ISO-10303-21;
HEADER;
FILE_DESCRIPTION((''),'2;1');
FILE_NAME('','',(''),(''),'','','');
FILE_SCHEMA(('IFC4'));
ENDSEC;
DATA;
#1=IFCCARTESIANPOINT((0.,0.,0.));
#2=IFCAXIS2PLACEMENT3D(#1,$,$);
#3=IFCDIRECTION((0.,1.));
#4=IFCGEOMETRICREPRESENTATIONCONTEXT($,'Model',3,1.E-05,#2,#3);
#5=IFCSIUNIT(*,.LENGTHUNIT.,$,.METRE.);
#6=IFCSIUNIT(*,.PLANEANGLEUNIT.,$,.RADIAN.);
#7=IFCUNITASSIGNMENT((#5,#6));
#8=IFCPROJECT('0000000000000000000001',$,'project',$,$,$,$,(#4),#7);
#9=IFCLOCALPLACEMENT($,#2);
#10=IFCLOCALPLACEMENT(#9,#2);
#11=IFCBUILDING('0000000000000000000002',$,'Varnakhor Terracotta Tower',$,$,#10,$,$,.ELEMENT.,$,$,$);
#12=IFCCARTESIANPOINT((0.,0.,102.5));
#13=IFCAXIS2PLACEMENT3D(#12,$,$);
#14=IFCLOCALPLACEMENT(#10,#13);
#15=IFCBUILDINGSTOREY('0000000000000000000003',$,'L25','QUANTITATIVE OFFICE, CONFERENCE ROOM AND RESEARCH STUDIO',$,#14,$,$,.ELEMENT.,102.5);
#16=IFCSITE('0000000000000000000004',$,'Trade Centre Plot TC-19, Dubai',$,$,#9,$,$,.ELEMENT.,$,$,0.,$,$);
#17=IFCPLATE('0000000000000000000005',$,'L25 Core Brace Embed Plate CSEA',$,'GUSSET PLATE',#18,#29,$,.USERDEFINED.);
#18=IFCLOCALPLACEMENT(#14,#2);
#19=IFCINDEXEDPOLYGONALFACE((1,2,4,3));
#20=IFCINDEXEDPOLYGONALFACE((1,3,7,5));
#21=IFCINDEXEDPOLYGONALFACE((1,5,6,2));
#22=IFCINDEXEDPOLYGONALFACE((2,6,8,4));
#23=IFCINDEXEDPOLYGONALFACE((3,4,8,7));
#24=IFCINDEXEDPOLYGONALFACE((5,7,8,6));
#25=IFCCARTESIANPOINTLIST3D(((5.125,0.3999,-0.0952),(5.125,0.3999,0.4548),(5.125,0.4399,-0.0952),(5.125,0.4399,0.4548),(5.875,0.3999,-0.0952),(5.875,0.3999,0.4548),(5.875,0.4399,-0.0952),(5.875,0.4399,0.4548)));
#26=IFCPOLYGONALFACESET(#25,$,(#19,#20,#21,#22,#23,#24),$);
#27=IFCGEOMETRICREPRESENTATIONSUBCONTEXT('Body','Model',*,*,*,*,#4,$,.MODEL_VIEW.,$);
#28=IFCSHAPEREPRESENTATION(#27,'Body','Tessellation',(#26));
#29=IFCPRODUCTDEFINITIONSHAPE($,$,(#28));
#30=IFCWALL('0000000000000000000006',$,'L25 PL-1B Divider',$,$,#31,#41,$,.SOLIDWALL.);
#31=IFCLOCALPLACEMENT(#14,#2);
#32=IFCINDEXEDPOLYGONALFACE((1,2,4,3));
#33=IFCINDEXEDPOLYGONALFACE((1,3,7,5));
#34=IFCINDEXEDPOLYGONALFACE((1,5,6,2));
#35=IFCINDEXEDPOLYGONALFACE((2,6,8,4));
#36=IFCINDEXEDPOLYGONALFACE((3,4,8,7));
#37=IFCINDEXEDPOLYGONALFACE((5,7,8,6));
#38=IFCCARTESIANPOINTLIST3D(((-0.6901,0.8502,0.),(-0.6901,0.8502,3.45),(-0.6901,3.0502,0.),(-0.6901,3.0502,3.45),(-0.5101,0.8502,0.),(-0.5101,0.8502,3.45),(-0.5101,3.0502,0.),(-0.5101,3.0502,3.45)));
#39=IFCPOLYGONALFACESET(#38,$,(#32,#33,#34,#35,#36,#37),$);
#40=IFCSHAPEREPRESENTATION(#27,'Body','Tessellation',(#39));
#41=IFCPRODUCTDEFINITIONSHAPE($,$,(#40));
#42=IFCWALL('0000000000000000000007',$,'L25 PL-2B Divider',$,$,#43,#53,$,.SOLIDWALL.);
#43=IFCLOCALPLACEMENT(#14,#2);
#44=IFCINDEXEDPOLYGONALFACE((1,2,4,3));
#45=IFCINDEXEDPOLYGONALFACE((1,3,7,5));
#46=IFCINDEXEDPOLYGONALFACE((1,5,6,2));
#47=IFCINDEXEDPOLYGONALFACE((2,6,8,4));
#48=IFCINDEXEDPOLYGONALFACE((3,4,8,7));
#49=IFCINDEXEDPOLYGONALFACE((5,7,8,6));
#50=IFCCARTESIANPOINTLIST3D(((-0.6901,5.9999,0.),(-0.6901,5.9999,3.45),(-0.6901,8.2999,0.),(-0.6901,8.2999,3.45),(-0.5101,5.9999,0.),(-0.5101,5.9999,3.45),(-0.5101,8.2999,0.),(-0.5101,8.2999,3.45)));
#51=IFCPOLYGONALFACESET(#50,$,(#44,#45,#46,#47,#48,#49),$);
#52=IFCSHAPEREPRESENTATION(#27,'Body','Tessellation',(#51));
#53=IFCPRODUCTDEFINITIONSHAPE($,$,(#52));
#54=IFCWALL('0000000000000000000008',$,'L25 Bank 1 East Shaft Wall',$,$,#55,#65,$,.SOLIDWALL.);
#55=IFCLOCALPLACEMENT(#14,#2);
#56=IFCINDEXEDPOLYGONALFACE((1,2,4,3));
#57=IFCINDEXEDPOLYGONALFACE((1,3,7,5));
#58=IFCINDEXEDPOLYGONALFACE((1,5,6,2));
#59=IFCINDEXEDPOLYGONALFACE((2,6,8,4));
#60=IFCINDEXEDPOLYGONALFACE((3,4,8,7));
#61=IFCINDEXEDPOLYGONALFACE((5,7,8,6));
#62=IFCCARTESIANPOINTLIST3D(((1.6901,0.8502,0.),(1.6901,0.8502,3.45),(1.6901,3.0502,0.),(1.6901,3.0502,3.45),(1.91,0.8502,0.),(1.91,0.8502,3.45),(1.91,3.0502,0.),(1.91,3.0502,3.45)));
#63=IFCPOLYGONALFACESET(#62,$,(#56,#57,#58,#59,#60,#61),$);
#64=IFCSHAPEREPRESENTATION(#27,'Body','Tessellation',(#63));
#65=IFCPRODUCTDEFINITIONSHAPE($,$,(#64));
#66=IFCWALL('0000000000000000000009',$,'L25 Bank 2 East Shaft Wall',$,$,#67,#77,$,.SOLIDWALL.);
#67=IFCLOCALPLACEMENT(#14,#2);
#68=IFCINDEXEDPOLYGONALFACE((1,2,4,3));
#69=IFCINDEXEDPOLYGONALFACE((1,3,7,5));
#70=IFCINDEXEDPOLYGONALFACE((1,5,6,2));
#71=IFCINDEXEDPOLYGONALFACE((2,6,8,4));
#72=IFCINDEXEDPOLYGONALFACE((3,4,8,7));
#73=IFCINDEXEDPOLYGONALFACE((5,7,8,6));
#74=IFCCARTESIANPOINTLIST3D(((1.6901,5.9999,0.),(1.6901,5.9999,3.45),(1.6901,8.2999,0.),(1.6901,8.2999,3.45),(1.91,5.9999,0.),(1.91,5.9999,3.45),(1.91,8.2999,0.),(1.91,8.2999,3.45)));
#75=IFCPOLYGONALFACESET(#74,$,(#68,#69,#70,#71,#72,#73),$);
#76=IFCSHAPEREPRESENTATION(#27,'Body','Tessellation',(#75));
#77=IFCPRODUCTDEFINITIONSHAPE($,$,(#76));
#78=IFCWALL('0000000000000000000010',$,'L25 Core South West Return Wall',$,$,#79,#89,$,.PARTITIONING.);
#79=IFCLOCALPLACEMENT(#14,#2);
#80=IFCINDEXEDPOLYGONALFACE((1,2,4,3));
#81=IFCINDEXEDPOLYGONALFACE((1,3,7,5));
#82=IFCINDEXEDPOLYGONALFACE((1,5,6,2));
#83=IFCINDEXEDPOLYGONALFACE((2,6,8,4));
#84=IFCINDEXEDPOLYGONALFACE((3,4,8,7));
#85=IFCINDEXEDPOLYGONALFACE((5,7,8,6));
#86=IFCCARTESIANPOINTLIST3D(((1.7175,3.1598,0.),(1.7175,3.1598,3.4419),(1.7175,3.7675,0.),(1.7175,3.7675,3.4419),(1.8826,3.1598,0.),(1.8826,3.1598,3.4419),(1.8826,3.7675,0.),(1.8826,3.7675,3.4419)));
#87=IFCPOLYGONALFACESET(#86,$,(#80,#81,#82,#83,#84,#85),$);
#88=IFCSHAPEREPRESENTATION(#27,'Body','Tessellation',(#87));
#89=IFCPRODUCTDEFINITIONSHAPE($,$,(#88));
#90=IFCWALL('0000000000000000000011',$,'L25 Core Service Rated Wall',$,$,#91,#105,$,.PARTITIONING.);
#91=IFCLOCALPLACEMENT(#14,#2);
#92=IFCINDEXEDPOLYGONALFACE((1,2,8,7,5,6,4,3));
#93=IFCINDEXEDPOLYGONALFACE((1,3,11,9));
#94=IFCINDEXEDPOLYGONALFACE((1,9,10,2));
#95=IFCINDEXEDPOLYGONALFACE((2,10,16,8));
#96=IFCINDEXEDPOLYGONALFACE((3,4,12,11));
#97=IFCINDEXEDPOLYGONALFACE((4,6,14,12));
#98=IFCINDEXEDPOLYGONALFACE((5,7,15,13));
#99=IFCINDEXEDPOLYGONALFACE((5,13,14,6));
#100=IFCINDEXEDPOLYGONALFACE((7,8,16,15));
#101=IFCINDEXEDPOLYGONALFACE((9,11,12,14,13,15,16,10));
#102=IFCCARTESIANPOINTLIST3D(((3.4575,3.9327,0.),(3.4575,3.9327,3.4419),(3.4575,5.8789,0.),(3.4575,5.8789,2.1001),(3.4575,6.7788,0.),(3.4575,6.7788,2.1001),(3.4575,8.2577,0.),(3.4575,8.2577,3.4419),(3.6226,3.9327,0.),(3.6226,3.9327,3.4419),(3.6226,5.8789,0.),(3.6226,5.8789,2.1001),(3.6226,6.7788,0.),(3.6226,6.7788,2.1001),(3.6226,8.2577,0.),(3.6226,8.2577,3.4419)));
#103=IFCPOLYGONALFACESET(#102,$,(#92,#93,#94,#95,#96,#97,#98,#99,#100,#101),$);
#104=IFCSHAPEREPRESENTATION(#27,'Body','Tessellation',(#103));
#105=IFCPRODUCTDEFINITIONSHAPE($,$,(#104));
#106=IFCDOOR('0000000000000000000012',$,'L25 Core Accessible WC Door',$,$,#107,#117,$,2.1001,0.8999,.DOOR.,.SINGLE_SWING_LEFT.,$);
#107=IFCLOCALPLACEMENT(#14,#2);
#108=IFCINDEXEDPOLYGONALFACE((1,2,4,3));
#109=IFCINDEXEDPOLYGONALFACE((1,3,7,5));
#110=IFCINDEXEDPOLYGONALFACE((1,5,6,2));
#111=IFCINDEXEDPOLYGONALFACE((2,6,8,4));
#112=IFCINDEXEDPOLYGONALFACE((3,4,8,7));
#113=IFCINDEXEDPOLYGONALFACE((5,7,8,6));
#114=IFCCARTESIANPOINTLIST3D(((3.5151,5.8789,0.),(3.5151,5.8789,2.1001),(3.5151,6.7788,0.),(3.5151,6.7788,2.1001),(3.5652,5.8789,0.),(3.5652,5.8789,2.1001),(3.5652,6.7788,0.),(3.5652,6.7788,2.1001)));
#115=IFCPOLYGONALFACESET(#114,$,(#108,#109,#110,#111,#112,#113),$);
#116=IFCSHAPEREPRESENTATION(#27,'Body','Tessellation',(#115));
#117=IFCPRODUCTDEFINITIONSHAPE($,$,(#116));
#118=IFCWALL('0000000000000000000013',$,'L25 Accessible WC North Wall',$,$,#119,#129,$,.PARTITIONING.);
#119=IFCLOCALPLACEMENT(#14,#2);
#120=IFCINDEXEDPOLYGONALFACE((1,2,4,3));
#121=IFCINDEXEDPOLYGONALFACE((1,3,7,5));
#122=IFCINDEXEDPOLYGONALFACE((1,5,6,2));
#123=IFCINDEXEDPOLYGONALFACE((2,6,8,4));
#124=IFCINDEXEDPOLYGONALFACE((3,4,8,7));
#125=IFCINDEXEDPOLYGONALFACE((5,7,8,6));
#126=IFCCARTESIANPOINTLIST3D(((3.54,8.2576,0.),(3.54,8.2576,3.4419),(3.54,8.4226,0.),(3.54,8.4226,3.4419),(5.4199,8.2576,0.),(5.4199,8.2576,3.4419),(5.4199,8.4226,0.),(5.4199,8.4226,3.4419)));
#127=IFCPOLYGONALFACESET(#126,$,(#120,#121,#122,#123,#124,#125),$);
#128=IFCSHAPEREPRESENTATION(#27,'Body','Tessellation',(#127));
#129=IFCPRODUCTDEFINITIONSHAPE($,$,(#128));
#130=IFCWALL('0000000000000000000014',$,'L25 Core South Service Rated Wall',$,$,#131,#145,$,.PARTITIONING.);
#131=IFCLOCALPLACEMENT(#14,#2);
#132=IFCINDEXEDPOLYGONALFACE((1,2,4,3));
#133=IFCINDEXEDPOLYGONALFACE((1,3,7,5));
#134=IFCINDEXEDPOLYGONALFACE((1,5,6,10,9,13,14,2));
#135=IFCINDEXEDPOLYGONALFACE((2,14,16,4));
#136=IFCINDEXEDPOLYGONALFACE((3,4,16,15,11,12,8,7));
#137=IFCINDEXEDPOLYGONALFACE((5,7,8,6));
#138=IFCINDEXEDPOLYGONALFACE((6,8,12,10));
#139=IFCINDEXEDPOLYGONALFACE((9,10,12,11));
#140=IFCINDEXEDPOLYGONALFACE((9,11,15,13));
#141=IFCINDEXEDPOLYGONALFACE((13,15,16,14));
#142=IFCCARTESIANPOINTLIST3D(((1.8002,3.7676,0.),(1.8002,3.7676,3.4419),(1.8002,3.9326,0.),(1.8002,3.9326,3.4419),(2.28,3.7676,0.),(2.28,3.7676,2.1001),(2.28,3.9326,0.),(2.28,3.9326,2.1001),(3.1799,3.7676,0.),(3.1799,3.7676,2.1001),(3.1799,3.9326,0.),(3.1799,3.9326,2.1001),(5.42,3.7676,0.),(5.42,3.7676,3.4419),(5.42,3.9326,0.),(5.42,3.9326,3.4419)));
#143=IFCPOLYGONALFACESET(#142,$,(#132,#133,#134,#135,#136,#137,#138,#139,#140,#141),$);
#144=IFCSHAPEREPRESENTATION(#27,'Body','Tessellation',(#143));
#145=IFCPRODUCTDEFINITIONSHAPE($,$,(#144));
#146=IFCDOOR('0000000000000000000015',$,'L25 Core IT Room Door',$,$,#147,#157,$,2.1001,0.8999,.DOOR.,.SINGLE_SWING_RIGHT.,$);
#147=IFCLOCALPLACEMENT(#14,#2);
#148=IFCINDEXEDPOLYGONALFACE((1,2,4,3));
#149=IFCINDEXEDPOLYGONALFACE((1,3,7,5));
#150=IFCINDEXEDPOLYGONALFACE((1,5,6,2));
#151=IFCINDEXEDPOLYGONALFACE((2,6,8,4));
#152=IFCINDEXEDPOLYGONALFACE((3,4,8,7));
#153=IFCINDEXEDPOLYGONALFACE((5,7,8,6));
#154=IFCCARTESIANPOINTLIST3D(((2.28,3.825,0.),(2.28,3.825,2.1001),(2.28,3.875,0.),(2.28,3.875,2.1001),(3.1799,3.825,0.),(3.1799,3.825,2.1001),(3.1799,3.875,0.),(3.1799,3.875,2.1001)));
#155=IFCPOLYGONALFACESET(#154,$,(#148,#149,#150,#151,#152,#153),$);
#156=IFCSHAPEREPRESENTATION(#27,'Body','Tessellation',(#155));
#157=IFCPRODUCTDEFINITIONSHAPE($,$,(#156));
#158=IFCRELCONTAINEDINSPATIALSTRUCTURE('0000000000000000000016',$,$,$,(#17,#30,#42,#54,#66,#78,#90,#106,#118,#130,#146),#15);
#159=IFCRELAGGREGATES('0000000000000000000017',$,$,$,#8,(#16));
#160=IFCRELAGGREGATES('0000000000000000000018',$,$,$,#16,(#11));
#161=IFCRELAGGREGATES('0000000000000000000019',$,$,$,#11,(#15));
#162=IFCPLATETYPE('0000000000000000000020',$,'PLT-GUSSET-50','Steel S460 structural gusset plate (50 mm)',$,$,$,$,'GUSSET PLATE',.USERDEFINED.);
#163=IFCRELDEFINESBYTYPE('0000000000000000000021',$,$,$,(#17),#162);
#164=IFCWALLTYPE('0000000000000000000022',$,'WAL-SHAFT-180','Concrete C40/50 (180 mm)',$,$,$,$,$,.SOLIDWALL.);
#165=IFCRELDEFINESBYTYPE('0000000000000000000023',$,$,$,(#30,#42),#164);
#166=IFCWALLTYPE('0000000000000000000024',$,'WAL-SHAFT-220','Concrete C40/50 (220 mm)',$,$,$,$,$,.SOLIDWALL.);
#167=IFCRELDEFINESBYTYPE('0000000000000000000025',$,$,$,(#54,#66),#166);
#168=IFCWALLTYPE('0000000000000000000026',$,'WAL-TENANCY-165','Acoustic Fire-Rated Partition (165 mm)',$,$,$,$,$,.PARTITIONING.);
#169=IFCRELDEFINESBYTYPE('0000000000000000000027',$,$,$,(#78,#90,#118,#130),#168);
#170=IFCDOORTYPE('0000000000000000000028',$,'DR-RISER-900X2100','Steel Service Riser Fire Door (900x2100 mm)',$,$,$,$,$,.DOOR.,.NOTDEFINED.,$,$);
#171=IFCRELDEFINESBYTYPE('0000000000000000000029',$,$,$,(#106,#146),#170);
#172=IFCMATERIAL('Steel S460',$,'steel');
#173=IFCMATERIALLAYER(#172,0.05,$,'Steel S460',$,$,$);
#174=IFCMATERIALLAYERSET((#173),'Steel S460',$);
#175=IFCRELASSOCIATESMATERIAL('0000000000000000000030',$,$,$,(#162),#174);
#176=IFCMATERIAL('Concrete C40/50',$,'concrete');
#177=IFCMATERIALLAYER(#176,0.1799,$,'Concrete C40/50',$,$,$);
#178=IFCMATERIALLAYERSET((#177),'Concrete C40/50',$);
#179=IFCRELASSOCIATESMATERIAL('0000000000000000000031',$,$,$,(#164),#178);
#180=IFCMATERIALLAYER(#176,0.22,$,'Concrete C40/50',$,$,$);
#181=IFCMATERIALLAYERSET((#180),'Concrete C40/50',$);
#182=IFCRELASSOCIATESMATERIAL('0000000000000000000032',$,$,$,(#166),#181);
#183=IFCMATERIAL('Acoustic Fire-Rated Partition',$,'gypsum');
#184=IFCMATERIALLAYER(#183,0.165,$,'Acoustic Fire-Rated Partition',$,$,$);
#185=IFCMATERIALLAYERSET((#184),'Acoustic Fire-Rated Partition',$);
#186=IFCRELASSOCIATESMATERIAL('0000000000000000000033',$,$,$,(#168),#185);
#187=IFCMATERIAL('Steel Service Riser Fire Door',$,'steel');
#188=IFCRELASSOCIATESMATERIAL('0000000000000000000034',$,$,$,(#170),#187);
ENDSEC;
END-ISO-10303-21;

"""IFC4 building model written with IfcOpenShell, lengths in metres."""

from ifc_helpers import new_model, si_unit, direction, frame, frame_2d, origin, origin_2d, place, context, subcontext, project, spatial, rectangle, extrude, source, transform, mapped, material, layer, layer_set, type_object, type_shapes, element, fill, save


model = new_model("IFC4")

# Units and contexts
model_context = context("Model", 3, precision=1e-05, world=origin(), true_north=direction((0.0, 1.0)))
body_context = subcontext(model_context, "Body", "Model", "MODEL_VIEW")
ifc_project = project(units=[si_unit("LENGTHUNIT", "METRE"), si_unit("PLANEANGLEUNIT", "RADIAN")], contexts=[model_context])

# Site, building, storey
site_placement = place(None, origin())
site = spatial("IfcSite", under=ifc_project, at=site_placement, Name="Trade Centre Plot TC-19, Dubai", CompositionType="ELEMENT", RefElevation=0.0)
building_placement = place(site_placement, origin())
building = spatial("IfcBuilding", under=site, at=building_placement, Name="Varnakhor Terracotta Tower", CompositionType="ELEMENT")
storey_placement = place(building_placement, frame((0.0, 0.0, 102.5)))
storey = spatial("IfcBuildingStorey", under=building, at=storey_placement, Name="L25", Description="QUANTITATIVE OFFICE, CONFERENCE ROOM AND RESEARCH STUDIO", CompositionType="ELEMENT", Elevation=102.5)

# Shared definitions
ifc_material_1 = material(Name="Steel S460", Category="steel")

# Shared definitions
ifc_material_2 = material(Name="Concrete C40/50", Category="concrete")

# Plate
ifc_layer_1 = layer(ifc_material_1, 0.05, Name="Steel S460")
ifc_layer_set_1 = layer_set([ifc_layer_1], Name="Steel S460")
plate_type = type_object("IfcPlateType", Name="PLT-GUSSET-50", Description="Steel S460 structural gusset plate (50 mm)", ElementType="GUSSET PLATE", PredefinedType="USERDEFINED", material=ifc_layer_set_1)
shared_shape_1 = source(origin(), body_context, "Body", "SweptSolid", [
    extrude(rectangle(XDim=0.75, YDim=0.04, at=origin_2d()), origin(), (0.0, 0.0, 1.0), 0.55),
])
type_shapes(plate_type, [shared_shape_1])
plate_placement = place(storey_placement, frame((5.5, 0.4199, -0.0952), z_axis=(0.0, 0.0, 1.0), x_axis=(1.0, 0.0, 0.0)))
element("IfcPlate", 1, at=plate_placement, inside=storey, type_object=plate_type, Name="L25 Core Brace Embed Plate CSEA", ObjectType="GUSSET PLATE", PredefinedType="USERDEFINED", context=body_context, shape_type="MappedRepresentation", body=[
    mapped(shared_shape_1, transform((0.0, 0.0, 0.0), scale=1.0)),
])

# Walls
ifc_layer_2 = layer(ifc_material_2, 0.1799, Name="Concrete C40/50")
ifc_layer_set_2 = layer_set([ifc_layer_2], Name="Concrete C40/50")
wall_type_1 = type_object("IfcWallType", Name="WAL-SHAFT-180", Description="Concrete C40/50 (180 mm)", PredefinedType="SOLIDWALL", material=ifc_layer_set_2)
wall_1_placement = place(storey_placement, frame((-0.6001, 0.8501, 0.0), z_axis=(0.0, 0.0, 1.0), x_axis=(0.0, 1.0, 0.0)))
element("IfcWall", 2, at=wall_1_placement, inside=storey, type_object=wall_type_1, Name="L25 PL-1B Divider", PredefinedType="SOLIDWALL", context=body_context, shape_type="SweptSolid", body=[
    extrude(rectangle(XDim=2.2, YDim=0.1799, at=frame_2d((1.1001, 0.0))), origin(), (0.0, 0.0, 1.0), 3.45),
])
wall_2_placement = place(storey_placement, frame((-0.6001, 6.0, 0.0), z_axis=(0.0, 0.0, 1.0), x_axis=(0.0, 1.0, 0.0)))
element("IfcWall", 3, at=wall_2_placement, inside=storey, type_object=wall_type_1, Name="L25 PL-2B Divider", PredefinedType="SOLIDWALL", context=body_context, shape_type="SweptSolid", body=[
    extrude(rectangle(XDim=2.3, YDim=0.1799, at=frame_2d((1.1499, 0.0))), origin(), (0.0, 0.0, 1.0), 3.45),
])
ifc_layer_3 = layer(ifc_material_2, 0.22, Name="Concrete C40/50")
ifc_layer_set_3 = layer_set([ifc_layer_3], Name="Concrete C40/50")
wall_type_2 = type_object("IfcWallType", Name="WAL-SHAFT-220", Description="Concrete C40/50 (220 mm)", PredefinedType="SOLIDWALL", material=ifc_layer_set_3)
wall_3_placement = place(storey_placement, frame((1.8, 0.8501, 0.0), z_axis=(0.0, 0.0, 1.0), x_axis=(0.0, 1.0, 0.0)))
element("IfcWall", 4, at=wall_3_placement, inside=storey, type_object=wall_type_2, Name="L25 Bank 1 East Shaft Wall", PredefinedType="SOLIDWALL", context=body_context, shape_type="SweptSolid", body=[
    extrude(rectangle(XDim=2.2, YDim=0.22, at=frame_2d((1.1001, 0.0))), origin(), (0.0, 0.0, 1.0), 3.45),
])
wall_4_placement = place(storey_placement, frame((1.8, 6.0, 0.0), z_axis=(0.0, 0.0, 1.0), x_axis=(0.0, 1.0, 0.0)))
element("IfcWall", 5, at=wall_4_placement, inside=storey, type_object=wall_type_2, Name="L25 Bank 2 East Shaft Wall", PredefinedType="SOLIDWALL", context=body_context, shape_type="SweptSolid", body=[
    extrude(rectangle(XDim=2.3, YDim=0.22, at=frame_2d((1.1499, 0.0))), origin(), (0.0, 0.0, 1.0), 3.45),
])
ifc_material_3 = material(Name="Acoustic Fire-Rated Partition", Category="gypsum")
ifc_layer_4 = layer(ifc_material_3, 0.165, Name="Acoustic Fire-Rated Partition")
ifc_layer_set_4 = layer_set([ifc_layer_4], Name="Acoustic Fire-Rated Partition")
wall_type_3 = type_object("IfcWallType", Name="WAL-TENANCY-165", Description="Acoustic Fire-Rated Partition (165 mm)", PredefinedType="PARTITIONING", material=ifc_layer_set_4)
wall_5_placement = place(storey_placement, frame((1.8, 3.1599, 0.0), z_axis=(0.0, 0.0, 1.0), x_axis=(0.0, 1.0, 0.0)))
element("IfcWall", 6, at=wall_5_placement, inside=storey, type_object=wall_type_3, Name="L25 Core South West Return Wall", PredefinedType="PARTITIONING", context=body_context, shape_type="SweptSolid", body=[
    extrude(rectangle(XDim=0.6077, YDim=0.165, at=frame_2d((0.3037, 0.0))), origin(), (0.0, 0.0, 1.0), 3.4419),
])

# Wall, opening, door
wall_6_placement = place(storey_placement, frame((3.54, 3.9326, 0.0), z_axis=(0.0, 0.0, 1.0), x_axis=(0.0, 1.0, 0.0)))
wall_6 = element("IfcWall", 7, at=wall_6_placement, inside=storey, type_object=wall_type_3, Name="L25 Core Service Rated Wall", PredefinedType="PARTITIONING", context=body_context, shape_type="SweptSolid", body=[
    extrude(rectangle(XDim=4.325, YDim=0.165, at=frame_2d((2.1626, 0.0))), origin(), (0.0, 0.0, 1.0), 3.4419),
])
opening_1_placement = place(wall_6_placement, frame((1.9463, 0.0, 0.0)))
opening_1 = element("IfcOpeningElement", 8, at=opening_1_placement, cuts=wall_6, PredefinedType="OPENING", context=body_context, shape_type="SweptSolid", body=[
    extrude(rectangle(XDim=0.8999, YDim=2.1001, at=frame_2d((0.45, 1.05))), frame((0.0, 0.0925, 0.0), z_axis=(0.0, -1.0, 0.0), x_axis=(1.0, 0.0, 0.0)), (0.0, 0.0, 1.0), 0.1851),
])
ifc_material_4 = material(Name="Steel Service Riser Fire Door", Category="steel")
door_type = type_object("IfcDoorType", Name="DR-RISER-900X2100", Description="Steel Service Riser Fire Door (900x2100 mm)", OperationType="NOTDEFINED", PredefinedType="DOOR", material=ifc_material_4)
shared_shape_2 = source(origin(), body_context, "Body", "SweptSolid", [
    extrude(rectangle(XDim=0.8999, YDim=2.1001, at=frame_2d((0.45, 1.05))), frame((0.0, 0.0249, 0.0), z_axis=(0.0, -1.0, 0.0), x_axis=(1.0, 0.0, 0.0)), (0.0, 0.0, 1.0), 0.05),
])
type_shapes(door_type, [shared_shape_2])
door_1_placement = place(opening_1_placement, origin())
door_1 = element("IfcDoor", 9, at=door_1_placement, inside=storey, type_object=door_type, Name="L25 Core Accessible WC Door", OperationType="SINGLE_SWING_LEFT", OverallHeight=2.1001, OverallWidth=0.8999, PredefinedType="DOOR", context=body_context, shape_type="MappedRepresentation", body=[
    mapped(shared_shape_2, transform((0.0, 0.0, 0.0), scale=1.0)),
])
fill(opening_1, door_1)

# Wall
wall_7_placement = place(storey_placement, frame((3.54, 8.3401, 0.0), z_axis=(0.0, 0.0, 1.0), x_axis=(1.0, 0.0, 0.0)))
element("IfcWall", 10, at=wall_7_placement, inside=storey, type_object=wall_type_3, Name="L25 Accessible WC North Wall", PredefinedType="PARTITIONING", context=body_context, shape_type="SweptSolid", body=[
    extrude(rectangle(XDim=1.8799, YDim=0.165, at=frame_2d((0.9399, 0.0))), origin(), (0.0, 0.0, 1.0), 3.4419),
])

# Wall, opening, door
wall_8_placement = place(storey_placement, frame((1.8, 3.8501, 0.0), z_axis=(0.0, 0.0, 1.0), x_axis=(1.0, 0.0, 0.0)))
wall_8 = element("IfcWall", 11, at=wall_8_placement, inside=storey, type_object=wall_type_3, Name="L25 Core South Service Rated Wall", PredefinedType="PARTITIONING", context=body_context, shape_type="SweptSolid", body=[
    extrude(rectangle(XDim=3.6199, YDim=0.165, at=frame_2d((1.8101, 0.0))), origin(), (0.0, 0.0, 1.0), 3.4419),
])
opening_2_placement = place(wall_8_placement, frame((0.48, 0.0, 0.0)))
opening_2 = element("IfcOpeningElement", 12, at=opening_2_placement, cuts=wall_8, PredefinedType="OPENING", context=body_context, shape_type="SweptSolid", body=[
    extrude(rectangle(XDim=0.8999, YDim=2.1001, at=frame_2d((0.45, 1.05))), frame((0.0, 0.0925, 0.0), z_axis=(0.0, -1.0, 0.0), x_axis=(1.0, 0.0, 0.0)), (0.0, 0.0, 1.0), 0.1851),
])
door_2_placement = place(opening_2_placement, origin())
door_2 = element("IfcDoor", 13, at=door_2_placement, inside=storey, type_object=door_type, Name="L25 Core IT Room Door", OperationType="SINGLE_SWING_RIGHT", OverallHeight=2.1001, OverallWidth=0.8999, PredefinedType="DOOR", context=body_context, shape_type="MappedRepresentation", body=[
    mapped(shared_shape_2, transform((0.0, 0.0, 0.0), scale=1.0)),
])
fill(opening_2, door_2)

save(model, "model.ifc")
